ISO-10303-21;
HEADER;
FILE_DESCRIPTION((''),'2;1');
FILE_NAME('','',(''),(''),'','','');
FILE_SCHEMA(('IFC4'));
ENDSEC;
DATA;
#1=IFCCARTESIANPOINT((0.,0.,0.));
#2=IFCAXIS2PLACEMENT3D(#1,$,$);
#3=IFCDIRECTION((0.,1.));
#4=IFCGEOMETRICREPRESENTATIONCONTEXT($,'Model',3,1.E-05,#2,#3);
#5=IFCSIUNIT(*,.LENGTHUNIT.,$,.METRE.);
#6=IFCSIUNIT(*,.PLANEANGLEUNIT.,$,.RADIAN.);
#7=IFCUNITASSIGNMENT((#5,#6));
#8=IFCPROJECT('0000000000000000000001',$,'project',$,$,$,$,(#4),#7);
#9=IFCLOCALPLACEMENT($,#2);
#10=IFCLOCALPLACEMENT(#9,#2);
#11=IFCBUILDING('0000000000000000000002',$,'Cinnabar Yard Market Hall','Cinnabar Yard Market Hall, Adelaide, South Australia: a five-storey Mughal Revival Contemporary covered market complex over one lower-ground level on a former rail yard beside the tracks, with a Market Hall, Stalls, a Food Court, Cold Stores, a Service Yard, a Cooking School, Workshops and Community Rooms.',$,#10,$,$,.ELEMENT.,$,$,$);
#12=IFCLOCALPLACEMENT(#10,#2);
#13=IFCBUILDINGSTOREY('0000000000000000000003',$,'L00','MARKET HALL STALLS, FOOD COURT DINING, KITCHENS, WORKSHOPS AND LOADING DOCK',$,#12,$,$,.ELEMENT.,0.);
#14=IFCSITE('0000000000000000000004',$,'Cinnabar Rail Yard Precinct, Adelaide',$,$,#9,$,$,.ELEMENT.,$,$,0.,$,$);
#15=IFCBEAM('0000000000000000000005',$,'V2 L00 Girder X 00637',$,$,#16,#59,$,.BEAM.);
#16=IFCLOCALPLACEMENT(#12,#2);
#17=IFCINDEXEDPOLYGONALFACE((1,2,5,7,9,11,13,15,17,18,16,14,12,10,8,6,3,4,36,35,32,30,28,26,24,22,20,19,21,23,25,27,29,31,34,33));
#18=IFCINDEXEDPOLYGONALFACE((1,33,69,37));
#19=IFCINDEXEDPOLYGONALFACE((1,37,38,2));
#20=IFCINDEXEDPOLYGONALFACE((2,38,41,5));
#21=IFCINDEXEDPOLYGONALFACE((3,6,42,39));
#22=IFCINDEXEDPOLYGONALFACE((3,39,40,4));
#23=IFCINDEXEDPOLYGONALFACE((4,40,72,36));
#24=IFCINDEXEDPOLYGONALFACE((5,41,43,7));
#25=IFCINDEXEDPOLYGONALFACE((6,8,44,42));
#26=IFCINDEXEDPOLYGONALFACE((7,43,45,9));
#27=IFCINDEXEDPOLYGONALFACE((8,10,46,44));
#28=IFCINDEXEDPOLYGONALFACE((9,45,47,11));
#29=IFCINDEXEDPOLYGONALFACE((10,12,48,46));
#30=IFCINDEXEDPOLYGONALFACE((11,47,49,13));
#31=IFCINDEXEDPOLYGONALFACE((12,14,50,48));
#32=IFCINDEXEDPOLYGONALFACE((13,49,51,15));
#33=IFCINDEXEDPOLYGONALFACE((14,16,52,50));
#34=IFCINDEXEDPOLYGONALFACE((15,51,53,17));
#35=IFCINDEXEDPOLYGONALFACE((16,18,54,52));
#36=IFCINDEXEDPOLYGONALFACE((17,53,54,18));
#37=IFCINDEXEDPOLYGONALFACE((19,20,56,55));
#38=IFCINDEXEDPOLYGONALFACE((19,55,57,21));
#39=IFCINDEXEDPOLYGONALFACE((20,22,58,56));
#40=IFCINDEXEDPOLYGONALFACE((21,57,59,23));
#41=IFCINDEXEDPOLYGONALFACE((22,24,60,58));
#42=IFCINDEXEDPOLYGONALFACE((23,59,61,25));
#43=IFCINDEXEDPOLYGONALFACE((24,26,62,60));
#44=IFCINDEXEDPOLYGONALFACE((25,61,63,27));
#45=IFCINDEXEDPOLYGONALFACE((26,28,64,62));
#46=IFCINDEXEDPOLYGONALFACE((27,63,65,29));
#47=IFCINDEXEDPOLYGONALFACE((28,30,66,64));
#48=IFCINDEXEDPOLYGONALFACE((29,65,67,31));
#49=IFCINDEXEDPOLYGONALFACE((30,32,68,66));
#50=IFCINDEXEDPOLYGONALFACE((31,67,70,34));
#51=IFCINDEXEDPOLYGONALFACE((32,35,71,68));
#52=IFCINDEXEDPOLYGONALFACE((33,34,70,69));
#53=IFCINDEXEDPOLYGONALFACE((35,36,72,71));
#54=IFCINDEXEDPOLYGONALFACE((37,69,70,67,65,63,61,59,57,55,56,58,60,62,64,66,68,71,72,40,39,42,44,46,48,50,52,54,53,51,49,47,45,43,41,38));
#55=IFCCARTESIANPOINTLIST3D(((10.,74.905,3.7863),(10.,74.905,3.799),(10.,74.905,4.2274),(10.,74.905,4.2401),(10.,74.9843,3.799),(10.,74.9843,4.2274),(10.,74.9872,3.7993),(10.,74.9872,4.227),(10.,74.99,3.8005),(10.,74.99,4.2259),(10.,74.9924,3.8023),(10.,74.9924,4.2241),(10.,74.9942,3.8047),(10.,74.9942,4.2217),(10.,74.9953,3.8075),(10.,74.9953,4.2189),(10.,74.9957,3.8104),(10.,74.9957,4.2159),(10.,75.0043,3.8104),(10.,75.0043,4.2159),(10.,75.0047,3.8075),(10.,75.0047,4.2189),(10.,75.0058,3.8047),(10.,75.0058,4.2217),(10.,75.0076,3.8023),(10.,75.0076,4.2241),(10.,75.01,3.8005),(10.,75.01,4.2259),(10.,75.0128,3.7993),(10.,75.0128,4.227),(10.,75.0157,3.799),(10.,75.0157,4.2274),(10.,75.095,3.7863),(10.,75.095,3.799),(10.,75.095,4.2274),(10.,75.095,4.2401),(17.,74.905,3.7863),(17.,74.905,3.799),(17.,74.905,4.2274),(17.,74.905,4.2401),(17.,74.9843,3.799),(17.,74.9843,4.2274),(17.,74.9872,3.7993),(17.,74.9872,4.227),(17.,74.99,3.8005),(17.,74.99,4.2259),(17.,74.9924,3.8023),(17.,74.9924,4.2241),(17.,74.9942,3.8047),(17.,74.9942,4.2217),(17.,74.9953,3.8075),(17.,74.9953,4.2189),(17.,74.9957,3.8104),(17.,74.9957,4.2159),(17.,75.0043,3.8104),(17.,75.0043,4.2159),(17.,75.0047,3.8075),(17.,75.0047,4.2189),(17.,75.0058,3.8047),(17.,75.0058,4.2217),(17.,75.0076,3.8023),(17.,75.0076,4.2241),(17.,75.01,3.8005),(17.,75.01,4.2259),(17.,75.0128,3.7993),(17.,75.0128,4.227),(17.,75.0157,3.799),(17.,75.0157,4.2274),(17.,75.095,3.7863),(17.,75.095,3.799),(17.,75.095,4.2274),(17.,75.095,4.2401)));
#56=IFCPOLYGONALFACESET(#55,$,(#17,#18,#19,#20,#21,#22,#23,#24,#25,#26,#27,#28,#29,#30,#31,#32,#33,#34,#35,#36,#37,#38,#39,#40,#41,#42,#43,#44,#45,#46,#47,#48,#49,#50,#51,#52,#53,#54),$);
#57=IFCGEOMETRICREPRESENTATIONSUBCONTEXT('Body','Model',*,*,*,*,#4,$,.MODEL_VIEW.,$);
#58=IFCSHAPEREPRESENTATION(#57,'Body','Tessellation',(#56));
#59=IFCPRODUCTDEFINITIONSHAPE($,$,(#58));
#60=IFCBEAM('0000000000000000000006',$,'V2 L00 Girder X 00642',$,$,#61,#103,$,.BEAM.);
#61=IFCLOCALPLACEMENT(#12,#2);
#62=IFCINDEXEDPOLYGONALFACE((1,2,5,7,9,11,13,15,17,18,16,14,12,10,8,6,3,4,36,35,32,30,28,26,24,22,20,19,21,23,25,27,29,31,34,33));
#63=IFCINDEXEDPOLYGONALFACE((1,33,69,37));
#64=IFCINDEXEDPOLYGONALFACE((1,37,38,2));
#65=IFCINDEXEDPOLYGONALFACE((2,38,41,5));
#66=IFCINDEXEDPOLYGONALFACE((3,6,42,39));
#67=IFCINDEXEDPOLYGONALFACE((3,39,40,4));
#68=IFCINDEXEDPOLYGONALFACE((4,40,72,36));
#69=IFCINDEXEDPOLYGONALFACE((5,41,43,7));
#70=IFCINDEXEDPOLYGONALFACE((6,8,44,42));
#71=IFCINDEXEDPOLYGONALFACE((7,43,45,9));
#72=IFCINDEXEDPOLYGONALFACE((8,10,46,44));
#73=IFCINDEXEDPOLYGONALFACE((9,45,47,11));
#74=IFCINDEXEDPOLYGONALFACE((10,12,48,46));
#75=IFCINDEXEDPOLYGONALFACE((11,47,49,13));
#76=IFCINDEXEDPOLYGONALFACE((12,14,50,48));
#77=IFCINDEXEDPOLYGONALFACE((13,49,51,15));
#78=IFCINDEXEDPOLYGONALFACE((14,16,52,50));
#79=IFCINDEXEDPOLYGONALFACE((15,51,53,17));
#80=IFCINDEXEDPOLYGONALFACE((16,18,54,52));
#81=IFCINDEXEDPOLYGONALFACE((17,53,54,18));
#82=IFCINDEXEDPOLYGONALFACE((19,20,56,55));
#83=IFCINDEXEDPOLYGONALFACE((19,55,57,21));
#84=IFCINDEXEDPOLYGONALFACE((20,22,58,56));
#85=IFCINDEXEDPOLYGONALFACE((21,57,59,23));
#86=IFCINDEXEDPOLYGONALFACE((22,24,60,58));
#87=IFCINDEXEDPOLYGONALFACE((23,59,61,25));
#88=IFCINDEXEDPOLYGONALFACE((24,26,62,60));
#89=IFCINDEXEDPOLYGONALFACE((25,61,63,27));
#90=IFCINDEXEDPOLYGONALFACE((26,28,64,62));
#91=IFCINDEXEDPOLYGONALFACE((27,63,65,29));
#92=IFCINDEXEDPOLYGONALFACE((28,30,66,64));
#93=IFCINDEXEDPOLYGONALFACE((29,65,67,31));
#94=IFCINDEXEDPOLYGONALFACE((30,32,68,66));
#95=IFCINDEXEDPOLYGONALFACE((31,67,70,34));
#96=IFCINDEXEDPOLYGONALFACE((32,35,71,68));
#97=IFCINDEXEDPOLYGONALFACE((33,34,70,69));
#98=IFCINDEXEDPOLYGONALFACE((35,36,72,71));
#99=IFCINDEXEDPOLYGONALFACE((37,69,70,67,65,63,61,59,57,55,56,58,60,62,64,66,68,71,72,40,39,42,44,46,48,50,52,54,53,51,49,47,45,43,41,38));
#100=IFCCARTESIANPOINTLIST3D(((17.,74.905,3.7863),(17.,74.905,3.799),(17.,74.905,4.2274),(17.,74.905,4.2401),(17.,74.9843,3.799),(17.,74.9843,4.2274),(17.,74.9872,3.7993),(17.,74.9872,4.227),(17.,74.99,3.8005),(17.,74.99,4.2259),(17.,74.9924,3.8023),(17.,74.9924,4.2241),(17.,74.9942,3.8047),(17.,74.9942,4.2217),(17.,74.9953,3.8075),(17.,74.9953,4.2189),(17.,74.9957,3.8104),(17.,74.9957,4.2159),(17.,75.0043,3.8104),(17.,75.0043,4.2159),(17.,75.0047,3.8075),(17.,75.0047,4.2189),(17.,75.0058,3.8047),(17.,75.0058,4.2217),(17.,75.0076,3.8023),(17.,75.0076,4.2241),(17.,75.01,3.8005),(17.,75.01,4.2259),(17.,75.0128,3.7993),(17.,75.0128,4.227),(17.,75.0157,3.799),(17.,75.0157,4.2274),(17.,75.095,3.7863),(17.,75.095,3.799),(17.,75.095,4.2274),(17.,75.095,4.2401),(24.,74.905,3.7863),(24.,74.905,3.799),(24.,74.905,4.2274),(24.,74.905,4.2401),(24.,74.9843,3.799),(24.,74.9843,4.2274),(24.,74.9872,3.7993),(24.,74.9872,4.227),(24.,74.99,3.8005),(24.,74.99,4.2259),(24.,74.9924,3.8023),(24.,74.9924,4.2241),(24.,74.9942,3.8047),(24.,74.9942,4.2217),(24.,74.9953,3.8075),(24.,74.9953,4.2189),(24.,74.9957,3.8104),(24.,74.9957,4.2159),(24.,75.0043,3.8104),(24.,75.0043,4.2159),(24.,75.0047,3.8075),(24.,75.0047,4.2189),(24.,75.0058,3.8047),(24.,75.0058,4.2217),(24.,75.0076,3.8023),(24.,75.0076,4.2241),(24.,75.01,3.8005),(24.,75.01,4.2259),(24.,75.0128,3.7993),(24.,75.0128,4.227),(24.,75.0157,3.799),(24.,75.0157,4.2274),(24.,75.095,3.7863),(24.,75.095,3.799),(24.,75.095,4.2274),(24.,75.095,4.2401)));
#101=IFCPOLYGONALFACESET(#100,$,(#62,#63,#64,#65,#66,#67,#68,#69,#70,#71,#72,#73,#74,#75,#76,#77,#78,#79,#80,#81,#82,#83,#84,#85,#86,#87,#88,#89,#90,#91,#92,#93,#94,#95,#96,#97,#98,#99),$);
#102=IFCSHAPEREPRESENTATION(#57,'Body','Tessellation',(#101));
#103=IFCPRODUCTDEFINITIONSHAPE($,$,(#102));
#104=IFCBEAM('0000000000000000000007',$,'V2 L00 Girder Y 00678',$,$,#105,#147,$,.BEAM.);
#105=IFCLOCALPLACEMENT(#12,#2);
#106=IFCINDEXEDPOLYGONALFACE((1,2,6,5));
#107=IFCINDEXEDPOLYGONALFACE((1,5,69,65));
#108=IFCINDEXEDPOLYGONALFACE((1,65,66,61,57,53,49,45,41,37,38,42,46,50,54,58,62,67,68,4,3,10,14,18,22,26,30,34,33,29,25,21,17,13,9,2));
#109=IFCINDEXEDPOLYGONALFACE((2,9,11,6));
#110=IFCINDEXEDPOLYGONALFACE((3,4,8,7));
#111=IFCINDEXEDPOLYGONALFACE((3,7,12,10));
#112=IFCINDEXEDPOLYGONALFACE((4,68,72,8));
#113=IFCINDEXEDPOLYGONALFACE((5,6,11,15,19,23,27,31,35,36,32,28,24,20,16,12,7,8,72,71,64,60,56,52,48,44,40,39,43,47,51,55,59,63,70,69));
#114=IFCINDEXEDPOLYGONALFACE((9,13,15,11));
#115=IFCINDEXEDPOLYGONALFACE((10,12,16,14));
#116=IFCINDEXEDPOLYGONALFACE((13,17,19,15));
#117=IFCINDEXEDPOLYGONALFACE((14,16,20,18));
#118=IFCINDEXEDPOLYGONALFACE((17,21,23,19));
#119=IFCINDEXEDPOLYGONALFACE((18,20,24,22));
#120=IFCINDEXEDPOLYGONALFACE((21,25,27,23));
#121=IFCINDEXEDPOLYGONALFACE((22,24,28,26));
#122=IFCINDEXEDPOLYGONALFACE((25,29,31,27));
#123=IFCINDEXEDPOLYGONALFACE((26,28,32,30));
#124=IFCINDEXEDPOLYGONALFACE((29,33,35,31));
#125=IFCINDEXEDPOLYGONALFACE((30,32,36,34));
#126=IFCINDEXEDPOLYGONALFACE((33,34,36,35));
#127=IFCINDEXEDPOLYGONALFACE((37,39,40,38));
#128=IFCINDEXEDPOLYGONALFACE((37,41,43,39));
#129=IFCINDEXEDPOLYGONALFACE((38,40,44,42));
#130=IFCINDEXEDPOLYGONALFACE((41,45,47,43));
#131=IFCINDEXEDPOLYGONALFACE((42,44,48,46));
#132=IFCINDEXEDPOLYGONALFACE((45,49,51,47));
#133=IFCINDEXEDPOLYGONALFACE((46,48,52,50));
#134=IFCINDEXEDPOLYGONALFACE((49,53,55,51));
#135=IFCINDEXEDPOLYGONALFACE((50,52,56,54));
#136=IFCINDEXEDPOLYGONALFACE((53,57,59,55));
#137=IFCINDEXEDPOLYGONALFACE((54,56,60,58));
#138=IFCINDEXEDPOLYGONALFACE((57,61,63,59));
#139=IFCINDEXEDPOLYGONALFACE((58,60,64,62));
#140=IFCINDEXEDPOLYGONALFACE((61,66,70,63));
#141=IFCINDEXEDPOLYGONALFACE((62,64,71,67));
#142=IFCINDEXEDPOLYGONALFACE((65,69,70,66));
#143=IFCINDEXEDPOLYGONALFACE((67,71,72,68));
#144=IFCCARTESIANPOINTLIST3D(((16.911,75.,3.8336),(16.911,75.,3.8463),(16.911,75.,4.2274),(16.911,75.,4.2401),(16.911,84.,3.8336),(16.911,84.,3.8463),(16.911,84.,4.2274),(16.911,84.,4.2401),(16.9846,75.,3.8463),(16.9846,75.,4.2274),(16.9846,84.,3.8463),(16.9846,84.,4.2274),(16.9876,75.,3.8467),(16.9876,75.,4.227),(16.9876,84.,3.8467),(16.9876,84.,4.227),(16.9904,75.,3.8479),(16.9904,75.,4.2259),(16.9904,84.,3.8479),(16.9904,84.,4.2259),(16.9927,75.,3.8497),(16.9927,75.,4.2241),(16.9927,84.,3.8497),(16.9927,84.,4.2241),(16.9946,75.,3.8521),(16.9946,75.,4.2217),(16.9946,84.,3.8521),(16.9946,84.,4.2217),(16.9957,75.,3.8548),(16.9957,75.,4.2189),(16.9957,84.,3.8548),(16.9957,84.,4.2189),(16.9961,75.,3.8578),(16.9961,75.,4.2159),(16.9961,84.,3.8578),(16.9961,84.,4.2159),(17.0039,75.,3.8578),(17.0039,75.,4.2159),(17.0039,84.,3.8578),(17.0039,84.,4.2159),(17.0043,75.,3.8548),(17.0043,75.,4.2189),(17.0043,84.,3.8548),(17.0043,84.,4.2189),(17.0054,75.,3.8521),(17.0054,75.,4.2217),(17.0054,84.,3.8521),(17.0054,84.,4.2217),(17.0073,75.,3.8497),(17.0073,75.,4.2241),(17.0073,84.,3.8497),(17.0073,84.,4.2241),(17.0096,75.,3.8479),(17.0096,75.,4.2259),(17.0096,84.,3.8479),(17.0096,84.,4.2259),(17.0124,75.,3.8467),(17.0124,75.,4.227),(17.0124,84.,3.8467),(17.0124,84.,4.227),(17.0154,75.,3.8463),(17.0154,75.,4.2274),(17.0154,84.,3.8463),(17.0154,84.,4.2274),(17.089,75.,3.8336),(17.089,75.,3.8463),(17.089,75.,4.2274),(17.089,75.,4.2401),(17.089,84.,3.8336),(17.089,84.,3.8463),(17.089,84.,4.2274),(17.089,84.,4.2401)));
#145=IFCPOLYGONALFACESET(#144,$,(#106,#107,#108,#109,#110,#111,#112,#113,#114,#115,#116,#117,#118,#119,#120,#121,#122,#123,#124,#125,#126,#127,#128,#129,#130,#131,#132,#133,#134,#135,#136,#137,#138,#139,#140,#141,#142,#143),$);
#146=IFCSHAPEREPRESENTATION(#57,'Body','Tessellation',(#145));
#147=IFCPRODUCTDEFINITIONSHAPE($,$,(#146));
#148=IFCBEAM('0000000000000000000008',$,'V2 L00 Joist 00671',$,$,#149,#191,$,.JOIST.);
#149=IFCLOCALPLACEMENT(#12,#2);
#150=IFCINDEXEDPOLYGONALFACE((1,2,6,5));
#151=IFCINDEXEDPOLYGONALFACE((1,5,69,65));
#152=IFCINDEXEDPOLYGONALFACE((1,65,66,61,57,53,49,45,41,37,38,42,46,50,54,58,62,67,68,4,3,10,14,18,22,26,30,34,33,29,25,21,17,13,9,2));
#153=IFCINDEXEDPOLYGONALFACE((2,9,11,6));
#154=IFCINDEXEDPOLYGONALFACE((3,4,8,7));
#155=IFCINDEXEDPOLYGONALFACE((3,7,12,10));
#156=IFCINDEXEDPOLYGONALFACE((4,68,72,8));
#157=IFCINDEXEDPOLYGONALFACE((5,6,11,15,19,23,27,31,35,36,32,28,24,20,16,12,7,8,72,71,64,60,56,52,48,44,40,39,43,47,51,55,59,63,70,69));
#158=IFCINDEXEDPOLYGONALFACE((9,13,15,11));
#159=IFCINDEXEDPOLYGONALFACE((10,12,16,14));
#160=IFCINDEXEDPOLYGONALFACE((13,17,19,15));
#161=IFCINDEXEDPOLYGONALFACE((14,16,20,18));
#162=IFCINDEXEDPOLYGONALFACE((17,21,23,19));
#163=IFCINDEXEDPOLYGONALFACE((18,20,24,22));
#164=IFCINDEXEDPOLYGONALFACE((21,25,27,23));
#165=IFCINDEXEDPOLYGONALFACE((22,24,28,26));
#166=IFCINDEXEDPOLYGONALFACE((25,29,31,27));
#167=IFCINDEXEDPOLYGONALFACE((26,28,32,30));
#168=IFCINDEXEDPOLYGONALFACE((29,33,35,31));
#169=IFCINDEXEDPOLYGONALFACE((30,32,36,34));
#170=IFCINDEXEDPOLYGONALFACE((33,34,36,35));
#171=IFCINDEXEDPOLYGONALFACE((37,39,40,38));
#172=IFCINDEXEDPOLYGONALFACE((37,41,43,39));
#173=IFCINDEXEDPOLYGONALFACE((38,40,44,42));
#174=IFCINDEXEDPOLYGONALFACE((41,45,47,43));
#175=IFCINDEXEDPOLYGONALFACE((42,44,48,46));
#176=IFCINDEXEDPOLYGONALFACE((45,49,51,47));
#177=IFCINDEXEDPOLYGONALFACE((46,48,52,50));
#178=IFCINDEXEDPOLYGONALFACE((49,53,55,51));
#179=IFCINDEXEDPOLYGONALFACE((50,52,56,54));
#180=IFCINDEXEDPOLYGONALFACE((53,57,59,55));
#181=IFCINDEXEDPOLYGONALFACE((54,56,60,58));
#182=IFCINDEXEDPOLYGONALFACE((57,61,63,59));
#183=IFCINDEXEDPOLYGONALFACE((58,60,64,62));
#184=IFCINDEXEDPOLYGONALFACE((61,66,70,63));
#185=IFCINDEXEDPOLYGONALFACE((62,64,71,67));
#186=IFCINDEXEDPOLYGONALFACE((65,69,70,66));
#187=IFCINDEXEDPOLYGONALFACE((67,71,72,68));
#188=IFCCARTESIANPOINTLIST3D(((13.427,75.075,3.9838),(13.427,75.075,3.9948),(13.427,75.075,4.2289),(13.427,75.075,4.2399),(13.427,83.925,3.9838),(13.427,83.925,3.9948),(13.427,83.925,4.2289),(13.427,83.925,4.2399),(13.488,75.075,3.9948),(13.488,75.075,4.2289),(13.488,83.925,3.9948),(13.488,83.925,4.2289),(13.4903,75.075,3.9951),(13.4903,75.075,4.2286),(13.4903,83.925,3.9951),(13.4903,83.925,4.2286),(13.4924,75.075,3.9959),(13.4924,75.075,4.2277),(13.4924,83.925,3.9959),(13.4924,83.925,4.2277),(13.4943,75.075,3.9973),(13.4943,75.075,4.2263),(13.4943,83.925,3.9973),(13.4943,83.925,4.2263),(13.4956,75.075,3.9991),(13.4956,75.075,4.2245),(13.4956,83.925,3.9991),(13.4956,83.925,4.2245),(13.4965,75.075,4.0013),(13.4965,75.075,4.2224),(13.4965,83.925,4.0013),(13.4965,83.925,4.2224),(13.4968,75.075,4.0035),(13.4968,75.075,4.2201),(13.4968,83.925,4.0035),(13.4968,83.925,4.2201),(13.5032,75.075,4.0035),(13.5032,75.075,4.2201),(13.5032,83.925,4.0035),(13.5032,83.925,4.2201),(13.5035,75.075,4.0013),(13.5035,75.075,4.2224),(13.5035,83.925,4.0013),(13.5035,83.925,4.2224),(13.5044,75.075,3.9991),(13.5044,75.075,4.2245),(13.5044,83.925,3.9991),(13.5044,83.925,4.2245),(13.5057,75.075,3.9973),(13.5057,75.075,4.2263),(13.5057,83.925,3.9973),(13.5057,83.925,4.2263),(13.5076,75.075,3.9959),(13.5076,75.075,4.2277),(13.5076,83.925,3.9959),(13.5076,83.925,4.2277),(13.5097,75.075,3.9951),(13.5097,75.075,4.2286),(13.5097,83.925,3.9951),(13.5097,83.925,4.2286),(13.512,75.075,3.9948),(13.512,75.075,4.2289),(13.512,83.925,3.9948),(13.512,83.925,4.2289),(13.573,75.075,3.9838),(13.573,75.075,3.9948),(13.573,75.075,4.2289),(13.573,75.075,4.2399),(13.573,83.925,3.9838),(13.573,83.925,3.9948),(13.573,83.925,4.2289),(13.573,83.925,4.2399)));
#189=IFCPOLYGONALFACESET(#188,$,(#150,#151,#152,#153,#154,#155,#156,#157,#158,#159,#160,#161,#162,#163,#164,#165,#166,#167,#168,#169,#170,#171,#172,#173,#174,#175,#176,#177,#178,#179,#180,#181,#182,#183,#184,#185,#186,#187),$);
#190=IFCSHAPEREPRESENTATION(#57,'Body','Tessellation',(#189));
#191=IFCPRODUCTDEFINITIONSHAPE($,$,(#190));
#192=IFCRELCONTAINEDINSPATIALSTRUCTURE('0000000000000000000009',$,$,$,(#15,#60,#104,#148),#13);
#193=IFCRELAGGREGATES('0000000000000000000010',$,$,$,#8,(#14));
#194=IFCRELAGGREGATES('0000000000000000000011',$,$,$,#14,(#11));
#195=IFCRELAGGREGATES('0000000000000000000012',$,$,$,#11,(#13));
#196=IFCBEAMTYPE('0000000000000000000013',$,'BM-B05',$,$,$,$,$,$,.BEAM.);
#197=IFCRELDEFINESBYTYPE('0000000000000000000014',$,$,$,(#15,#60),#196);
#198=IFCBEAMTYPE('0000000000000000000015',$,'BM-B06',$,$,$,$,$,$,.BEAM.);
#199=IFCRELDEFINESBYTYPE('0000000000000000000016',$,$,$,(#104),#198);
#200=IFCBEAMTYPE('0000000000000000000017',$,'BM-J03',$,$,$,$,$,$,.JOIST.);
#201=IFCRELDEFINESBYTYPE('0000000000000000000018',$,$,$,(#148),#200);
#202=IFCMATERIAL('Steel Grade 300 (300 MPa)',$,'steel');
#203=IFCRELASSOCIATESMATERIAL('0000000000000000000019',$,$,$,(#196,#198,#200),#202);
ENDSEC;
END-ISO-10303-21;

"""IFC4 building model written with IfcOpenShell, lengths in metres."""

from ifc_helpers import new_model, si_unit, direction, frame, origin, origin_2d_with_axis, place, context, subcontext, project, spatial, i_section, extrude, material, material_profile, profile_set, type_object, element, save


model = new_model("IFC4")

# Units and contexts
model_context = context("Model", 3, precision=1e-05, world=origin(), true_north=direction((0.0, 1.0)))
body_context = subcontext(model_context, "Body", "Model", "MODEL_VIEW")
ifc_project = project(units=[si_unit("LENGTHUNIT", "METRE"), si_unit("PLANEANGLEUNIT", "RADIAN")], contexts=[model_context])

# Site, building, storey
site_placement = place(None, origin())
site = spatial("IfcSite", under=ifc_project, at=site_placement, Name="Cinnabar Rail Yard Precinct, Adelaide", CompositionType="ELEMENT", RefElevation=0.0)
building_placement = place(site_placement, origin())
building = spatial("IfcBuilding", under=site, at=building_placement, Name="Cinnabar Yard Market Hall", Description="Cinnabar Yard Market Hall, Adelaide, South Australia: a five-storey Mughal Revival Contemporary covered market complex over one lower-ground level on a former rail yard beside the tracks, with a Market Hall, Stalls, a Food Court, Cold Stores, a Service Yard, a Cooking School, Workshops and Community Rooms.", CompositionType="ELEMENT")
storey_placement = place(building_placement, origin())
storey = spatial("IfcBuildingStorey", under=building, at=storey_placement, Name="L00", Description="MARKET HALL STALLS, FOOD COURT DINING, KITCHENS, WORKSHOPS AND LOADING DOCK", CompositionType="ELEMENT", Elevation=0.0)

# Shared definitions
ifc_material_1 = material(Name="Steel Grade 300 (300 MPa)", Category="steel")

# Beams
ifc_material_profile_1 = material_profile(ifc_material_1, i_section(OverallWidth=0.1899, OverallDepth=0.4539, WebThickness=0.0085, FlangeThickness=0.0127, FilletRadius=0.0115, at=origin_2d_with_axis()), Name="460UB67.1")
ifc_profile_set_1 = profile_set([ifc_material_profile_1], Name="Steel Grade 300 (300 MPa)")
beam_type_1 = type_object("IfcBeamType", Name="BM-B05", PredefinedType="BEAM", material=ifc_profile_set_1)
for number, where, z_axis, x_axis, name in (
    (1, (10.0, 75.0, 4.0132), (1.0, 0.0, 0.0), (0.0, 1.0, 0.0), "V2 L00 Girder X 00637"),
    (2, (17.0, 75.0, 4.0132), (1.0, 0.0, 0.0), (0.0, 1.0, 0.0), "V2 L00 Girder X 00642"),
):
    element("IfcBeam", number, at=place(storey_placement, frame(where, z_axis=z_axis, x_axis=x_axis)), inside=storey, type_object=beam_type_1, Name=name, PredefinedType="BEAM", context=body_context, shape_type="SweptSolid", body=[
        extrude(i_section(OverallWidth=0.1899, OverallDepth=0.4539, WebThickness=0.0085, FlangeThickness=0.0127, FilletRadius=0.0115, at=origin_2d_with_axis()), origin(), (0.0, 0.0, 1.0), 7.0),
    ])
ifc_material_profile_2 = material_profile(ifc_material_1, i_section(OverallWidth=0.178, OverallDepth=0.4065, WebThickness=0.0078, FlangeThickness=0.0127, FilletRadius=0.0115, at=origin_2d_with_axis()), Name="410UB59.7")
ifc_profile_set_2 = profile_set([ifc_material_profile_2], Name="Steel Grade 300 (300 MPa)")
beam_type_2 = type_object("IfcBeamType", Name="BM-B06", PredefinedType="BEAM", material=ifc_profile_set_2)
beam_1_placement = place(storey_placement, frame((17.0, 75.0, 4.0369), z_axis=(0.0, 1.0, 0.0), x_axis=(-1.0, 0.0, 0.0)))
element("IfcBeam", 3, at=beam_1_placement, inside=storey, type_object=beam_type_2, Name="V2 L00 Girder Y 00678", PredefinedType="BEAM", context=body_context, shape_type="SweptSolid", body=[
    extrude(i_section(OverallWidth=0.178, OverallDepth=0.4065, WebThickness=0.0078, FlangeThickness=0.0127, FilletRadius=0.0115, at=origin_2d_with_axis()), origin(), (0.0, 0.0, 1.0), 9.0),
])
ifc_material_profile_3 = material_profile(ifc_material_1, i_section(OverallWidth=0.146, OverallDepth=0.2561, WebThickness=0.0063, FlangeThickness=0.011, FilletRadius=0.0088, at=origin_2d_with_axis()), Name="250UB37.3")
ifc_profile_set_3 = profile_set([ifc_material_profile_3], Name="Steel Grade 300 (300 MPa)")
beam_type_3 = type_object("IfcBeamType", Name="BM-J03", PredefinedType="JOIST", material=ifc_profile_set_3)
for number, where, z_axis, x_axis, name in (
    (4, (13.5, 75.075, 4.1118), (0.0, 1.0, 0.0), (-1.0, 0.0, 0.0), "V2 L00 Joist 00671"),
):
    element("IfcBeam", number, at=place(storey_placement, frame(where, z_axis=z_axis, x_axis=x_axis)), inside=storey, type_object=beam_type_3, Name=name, PredefinedType="JOIST", context=body_context, shape_type="SweptSolid", body=[
        extrude(i_section(OverallWidth=0.146, OverallDepth=0.2561, WebThickness=0.0063, FlangeThickness=0.011, FilletRadius=0.0088, at=origin_2d_with_axis()), origin(), (0.0, 0.0, 1.0), 8.8501),
    ])

save(model, "model.ifc")
